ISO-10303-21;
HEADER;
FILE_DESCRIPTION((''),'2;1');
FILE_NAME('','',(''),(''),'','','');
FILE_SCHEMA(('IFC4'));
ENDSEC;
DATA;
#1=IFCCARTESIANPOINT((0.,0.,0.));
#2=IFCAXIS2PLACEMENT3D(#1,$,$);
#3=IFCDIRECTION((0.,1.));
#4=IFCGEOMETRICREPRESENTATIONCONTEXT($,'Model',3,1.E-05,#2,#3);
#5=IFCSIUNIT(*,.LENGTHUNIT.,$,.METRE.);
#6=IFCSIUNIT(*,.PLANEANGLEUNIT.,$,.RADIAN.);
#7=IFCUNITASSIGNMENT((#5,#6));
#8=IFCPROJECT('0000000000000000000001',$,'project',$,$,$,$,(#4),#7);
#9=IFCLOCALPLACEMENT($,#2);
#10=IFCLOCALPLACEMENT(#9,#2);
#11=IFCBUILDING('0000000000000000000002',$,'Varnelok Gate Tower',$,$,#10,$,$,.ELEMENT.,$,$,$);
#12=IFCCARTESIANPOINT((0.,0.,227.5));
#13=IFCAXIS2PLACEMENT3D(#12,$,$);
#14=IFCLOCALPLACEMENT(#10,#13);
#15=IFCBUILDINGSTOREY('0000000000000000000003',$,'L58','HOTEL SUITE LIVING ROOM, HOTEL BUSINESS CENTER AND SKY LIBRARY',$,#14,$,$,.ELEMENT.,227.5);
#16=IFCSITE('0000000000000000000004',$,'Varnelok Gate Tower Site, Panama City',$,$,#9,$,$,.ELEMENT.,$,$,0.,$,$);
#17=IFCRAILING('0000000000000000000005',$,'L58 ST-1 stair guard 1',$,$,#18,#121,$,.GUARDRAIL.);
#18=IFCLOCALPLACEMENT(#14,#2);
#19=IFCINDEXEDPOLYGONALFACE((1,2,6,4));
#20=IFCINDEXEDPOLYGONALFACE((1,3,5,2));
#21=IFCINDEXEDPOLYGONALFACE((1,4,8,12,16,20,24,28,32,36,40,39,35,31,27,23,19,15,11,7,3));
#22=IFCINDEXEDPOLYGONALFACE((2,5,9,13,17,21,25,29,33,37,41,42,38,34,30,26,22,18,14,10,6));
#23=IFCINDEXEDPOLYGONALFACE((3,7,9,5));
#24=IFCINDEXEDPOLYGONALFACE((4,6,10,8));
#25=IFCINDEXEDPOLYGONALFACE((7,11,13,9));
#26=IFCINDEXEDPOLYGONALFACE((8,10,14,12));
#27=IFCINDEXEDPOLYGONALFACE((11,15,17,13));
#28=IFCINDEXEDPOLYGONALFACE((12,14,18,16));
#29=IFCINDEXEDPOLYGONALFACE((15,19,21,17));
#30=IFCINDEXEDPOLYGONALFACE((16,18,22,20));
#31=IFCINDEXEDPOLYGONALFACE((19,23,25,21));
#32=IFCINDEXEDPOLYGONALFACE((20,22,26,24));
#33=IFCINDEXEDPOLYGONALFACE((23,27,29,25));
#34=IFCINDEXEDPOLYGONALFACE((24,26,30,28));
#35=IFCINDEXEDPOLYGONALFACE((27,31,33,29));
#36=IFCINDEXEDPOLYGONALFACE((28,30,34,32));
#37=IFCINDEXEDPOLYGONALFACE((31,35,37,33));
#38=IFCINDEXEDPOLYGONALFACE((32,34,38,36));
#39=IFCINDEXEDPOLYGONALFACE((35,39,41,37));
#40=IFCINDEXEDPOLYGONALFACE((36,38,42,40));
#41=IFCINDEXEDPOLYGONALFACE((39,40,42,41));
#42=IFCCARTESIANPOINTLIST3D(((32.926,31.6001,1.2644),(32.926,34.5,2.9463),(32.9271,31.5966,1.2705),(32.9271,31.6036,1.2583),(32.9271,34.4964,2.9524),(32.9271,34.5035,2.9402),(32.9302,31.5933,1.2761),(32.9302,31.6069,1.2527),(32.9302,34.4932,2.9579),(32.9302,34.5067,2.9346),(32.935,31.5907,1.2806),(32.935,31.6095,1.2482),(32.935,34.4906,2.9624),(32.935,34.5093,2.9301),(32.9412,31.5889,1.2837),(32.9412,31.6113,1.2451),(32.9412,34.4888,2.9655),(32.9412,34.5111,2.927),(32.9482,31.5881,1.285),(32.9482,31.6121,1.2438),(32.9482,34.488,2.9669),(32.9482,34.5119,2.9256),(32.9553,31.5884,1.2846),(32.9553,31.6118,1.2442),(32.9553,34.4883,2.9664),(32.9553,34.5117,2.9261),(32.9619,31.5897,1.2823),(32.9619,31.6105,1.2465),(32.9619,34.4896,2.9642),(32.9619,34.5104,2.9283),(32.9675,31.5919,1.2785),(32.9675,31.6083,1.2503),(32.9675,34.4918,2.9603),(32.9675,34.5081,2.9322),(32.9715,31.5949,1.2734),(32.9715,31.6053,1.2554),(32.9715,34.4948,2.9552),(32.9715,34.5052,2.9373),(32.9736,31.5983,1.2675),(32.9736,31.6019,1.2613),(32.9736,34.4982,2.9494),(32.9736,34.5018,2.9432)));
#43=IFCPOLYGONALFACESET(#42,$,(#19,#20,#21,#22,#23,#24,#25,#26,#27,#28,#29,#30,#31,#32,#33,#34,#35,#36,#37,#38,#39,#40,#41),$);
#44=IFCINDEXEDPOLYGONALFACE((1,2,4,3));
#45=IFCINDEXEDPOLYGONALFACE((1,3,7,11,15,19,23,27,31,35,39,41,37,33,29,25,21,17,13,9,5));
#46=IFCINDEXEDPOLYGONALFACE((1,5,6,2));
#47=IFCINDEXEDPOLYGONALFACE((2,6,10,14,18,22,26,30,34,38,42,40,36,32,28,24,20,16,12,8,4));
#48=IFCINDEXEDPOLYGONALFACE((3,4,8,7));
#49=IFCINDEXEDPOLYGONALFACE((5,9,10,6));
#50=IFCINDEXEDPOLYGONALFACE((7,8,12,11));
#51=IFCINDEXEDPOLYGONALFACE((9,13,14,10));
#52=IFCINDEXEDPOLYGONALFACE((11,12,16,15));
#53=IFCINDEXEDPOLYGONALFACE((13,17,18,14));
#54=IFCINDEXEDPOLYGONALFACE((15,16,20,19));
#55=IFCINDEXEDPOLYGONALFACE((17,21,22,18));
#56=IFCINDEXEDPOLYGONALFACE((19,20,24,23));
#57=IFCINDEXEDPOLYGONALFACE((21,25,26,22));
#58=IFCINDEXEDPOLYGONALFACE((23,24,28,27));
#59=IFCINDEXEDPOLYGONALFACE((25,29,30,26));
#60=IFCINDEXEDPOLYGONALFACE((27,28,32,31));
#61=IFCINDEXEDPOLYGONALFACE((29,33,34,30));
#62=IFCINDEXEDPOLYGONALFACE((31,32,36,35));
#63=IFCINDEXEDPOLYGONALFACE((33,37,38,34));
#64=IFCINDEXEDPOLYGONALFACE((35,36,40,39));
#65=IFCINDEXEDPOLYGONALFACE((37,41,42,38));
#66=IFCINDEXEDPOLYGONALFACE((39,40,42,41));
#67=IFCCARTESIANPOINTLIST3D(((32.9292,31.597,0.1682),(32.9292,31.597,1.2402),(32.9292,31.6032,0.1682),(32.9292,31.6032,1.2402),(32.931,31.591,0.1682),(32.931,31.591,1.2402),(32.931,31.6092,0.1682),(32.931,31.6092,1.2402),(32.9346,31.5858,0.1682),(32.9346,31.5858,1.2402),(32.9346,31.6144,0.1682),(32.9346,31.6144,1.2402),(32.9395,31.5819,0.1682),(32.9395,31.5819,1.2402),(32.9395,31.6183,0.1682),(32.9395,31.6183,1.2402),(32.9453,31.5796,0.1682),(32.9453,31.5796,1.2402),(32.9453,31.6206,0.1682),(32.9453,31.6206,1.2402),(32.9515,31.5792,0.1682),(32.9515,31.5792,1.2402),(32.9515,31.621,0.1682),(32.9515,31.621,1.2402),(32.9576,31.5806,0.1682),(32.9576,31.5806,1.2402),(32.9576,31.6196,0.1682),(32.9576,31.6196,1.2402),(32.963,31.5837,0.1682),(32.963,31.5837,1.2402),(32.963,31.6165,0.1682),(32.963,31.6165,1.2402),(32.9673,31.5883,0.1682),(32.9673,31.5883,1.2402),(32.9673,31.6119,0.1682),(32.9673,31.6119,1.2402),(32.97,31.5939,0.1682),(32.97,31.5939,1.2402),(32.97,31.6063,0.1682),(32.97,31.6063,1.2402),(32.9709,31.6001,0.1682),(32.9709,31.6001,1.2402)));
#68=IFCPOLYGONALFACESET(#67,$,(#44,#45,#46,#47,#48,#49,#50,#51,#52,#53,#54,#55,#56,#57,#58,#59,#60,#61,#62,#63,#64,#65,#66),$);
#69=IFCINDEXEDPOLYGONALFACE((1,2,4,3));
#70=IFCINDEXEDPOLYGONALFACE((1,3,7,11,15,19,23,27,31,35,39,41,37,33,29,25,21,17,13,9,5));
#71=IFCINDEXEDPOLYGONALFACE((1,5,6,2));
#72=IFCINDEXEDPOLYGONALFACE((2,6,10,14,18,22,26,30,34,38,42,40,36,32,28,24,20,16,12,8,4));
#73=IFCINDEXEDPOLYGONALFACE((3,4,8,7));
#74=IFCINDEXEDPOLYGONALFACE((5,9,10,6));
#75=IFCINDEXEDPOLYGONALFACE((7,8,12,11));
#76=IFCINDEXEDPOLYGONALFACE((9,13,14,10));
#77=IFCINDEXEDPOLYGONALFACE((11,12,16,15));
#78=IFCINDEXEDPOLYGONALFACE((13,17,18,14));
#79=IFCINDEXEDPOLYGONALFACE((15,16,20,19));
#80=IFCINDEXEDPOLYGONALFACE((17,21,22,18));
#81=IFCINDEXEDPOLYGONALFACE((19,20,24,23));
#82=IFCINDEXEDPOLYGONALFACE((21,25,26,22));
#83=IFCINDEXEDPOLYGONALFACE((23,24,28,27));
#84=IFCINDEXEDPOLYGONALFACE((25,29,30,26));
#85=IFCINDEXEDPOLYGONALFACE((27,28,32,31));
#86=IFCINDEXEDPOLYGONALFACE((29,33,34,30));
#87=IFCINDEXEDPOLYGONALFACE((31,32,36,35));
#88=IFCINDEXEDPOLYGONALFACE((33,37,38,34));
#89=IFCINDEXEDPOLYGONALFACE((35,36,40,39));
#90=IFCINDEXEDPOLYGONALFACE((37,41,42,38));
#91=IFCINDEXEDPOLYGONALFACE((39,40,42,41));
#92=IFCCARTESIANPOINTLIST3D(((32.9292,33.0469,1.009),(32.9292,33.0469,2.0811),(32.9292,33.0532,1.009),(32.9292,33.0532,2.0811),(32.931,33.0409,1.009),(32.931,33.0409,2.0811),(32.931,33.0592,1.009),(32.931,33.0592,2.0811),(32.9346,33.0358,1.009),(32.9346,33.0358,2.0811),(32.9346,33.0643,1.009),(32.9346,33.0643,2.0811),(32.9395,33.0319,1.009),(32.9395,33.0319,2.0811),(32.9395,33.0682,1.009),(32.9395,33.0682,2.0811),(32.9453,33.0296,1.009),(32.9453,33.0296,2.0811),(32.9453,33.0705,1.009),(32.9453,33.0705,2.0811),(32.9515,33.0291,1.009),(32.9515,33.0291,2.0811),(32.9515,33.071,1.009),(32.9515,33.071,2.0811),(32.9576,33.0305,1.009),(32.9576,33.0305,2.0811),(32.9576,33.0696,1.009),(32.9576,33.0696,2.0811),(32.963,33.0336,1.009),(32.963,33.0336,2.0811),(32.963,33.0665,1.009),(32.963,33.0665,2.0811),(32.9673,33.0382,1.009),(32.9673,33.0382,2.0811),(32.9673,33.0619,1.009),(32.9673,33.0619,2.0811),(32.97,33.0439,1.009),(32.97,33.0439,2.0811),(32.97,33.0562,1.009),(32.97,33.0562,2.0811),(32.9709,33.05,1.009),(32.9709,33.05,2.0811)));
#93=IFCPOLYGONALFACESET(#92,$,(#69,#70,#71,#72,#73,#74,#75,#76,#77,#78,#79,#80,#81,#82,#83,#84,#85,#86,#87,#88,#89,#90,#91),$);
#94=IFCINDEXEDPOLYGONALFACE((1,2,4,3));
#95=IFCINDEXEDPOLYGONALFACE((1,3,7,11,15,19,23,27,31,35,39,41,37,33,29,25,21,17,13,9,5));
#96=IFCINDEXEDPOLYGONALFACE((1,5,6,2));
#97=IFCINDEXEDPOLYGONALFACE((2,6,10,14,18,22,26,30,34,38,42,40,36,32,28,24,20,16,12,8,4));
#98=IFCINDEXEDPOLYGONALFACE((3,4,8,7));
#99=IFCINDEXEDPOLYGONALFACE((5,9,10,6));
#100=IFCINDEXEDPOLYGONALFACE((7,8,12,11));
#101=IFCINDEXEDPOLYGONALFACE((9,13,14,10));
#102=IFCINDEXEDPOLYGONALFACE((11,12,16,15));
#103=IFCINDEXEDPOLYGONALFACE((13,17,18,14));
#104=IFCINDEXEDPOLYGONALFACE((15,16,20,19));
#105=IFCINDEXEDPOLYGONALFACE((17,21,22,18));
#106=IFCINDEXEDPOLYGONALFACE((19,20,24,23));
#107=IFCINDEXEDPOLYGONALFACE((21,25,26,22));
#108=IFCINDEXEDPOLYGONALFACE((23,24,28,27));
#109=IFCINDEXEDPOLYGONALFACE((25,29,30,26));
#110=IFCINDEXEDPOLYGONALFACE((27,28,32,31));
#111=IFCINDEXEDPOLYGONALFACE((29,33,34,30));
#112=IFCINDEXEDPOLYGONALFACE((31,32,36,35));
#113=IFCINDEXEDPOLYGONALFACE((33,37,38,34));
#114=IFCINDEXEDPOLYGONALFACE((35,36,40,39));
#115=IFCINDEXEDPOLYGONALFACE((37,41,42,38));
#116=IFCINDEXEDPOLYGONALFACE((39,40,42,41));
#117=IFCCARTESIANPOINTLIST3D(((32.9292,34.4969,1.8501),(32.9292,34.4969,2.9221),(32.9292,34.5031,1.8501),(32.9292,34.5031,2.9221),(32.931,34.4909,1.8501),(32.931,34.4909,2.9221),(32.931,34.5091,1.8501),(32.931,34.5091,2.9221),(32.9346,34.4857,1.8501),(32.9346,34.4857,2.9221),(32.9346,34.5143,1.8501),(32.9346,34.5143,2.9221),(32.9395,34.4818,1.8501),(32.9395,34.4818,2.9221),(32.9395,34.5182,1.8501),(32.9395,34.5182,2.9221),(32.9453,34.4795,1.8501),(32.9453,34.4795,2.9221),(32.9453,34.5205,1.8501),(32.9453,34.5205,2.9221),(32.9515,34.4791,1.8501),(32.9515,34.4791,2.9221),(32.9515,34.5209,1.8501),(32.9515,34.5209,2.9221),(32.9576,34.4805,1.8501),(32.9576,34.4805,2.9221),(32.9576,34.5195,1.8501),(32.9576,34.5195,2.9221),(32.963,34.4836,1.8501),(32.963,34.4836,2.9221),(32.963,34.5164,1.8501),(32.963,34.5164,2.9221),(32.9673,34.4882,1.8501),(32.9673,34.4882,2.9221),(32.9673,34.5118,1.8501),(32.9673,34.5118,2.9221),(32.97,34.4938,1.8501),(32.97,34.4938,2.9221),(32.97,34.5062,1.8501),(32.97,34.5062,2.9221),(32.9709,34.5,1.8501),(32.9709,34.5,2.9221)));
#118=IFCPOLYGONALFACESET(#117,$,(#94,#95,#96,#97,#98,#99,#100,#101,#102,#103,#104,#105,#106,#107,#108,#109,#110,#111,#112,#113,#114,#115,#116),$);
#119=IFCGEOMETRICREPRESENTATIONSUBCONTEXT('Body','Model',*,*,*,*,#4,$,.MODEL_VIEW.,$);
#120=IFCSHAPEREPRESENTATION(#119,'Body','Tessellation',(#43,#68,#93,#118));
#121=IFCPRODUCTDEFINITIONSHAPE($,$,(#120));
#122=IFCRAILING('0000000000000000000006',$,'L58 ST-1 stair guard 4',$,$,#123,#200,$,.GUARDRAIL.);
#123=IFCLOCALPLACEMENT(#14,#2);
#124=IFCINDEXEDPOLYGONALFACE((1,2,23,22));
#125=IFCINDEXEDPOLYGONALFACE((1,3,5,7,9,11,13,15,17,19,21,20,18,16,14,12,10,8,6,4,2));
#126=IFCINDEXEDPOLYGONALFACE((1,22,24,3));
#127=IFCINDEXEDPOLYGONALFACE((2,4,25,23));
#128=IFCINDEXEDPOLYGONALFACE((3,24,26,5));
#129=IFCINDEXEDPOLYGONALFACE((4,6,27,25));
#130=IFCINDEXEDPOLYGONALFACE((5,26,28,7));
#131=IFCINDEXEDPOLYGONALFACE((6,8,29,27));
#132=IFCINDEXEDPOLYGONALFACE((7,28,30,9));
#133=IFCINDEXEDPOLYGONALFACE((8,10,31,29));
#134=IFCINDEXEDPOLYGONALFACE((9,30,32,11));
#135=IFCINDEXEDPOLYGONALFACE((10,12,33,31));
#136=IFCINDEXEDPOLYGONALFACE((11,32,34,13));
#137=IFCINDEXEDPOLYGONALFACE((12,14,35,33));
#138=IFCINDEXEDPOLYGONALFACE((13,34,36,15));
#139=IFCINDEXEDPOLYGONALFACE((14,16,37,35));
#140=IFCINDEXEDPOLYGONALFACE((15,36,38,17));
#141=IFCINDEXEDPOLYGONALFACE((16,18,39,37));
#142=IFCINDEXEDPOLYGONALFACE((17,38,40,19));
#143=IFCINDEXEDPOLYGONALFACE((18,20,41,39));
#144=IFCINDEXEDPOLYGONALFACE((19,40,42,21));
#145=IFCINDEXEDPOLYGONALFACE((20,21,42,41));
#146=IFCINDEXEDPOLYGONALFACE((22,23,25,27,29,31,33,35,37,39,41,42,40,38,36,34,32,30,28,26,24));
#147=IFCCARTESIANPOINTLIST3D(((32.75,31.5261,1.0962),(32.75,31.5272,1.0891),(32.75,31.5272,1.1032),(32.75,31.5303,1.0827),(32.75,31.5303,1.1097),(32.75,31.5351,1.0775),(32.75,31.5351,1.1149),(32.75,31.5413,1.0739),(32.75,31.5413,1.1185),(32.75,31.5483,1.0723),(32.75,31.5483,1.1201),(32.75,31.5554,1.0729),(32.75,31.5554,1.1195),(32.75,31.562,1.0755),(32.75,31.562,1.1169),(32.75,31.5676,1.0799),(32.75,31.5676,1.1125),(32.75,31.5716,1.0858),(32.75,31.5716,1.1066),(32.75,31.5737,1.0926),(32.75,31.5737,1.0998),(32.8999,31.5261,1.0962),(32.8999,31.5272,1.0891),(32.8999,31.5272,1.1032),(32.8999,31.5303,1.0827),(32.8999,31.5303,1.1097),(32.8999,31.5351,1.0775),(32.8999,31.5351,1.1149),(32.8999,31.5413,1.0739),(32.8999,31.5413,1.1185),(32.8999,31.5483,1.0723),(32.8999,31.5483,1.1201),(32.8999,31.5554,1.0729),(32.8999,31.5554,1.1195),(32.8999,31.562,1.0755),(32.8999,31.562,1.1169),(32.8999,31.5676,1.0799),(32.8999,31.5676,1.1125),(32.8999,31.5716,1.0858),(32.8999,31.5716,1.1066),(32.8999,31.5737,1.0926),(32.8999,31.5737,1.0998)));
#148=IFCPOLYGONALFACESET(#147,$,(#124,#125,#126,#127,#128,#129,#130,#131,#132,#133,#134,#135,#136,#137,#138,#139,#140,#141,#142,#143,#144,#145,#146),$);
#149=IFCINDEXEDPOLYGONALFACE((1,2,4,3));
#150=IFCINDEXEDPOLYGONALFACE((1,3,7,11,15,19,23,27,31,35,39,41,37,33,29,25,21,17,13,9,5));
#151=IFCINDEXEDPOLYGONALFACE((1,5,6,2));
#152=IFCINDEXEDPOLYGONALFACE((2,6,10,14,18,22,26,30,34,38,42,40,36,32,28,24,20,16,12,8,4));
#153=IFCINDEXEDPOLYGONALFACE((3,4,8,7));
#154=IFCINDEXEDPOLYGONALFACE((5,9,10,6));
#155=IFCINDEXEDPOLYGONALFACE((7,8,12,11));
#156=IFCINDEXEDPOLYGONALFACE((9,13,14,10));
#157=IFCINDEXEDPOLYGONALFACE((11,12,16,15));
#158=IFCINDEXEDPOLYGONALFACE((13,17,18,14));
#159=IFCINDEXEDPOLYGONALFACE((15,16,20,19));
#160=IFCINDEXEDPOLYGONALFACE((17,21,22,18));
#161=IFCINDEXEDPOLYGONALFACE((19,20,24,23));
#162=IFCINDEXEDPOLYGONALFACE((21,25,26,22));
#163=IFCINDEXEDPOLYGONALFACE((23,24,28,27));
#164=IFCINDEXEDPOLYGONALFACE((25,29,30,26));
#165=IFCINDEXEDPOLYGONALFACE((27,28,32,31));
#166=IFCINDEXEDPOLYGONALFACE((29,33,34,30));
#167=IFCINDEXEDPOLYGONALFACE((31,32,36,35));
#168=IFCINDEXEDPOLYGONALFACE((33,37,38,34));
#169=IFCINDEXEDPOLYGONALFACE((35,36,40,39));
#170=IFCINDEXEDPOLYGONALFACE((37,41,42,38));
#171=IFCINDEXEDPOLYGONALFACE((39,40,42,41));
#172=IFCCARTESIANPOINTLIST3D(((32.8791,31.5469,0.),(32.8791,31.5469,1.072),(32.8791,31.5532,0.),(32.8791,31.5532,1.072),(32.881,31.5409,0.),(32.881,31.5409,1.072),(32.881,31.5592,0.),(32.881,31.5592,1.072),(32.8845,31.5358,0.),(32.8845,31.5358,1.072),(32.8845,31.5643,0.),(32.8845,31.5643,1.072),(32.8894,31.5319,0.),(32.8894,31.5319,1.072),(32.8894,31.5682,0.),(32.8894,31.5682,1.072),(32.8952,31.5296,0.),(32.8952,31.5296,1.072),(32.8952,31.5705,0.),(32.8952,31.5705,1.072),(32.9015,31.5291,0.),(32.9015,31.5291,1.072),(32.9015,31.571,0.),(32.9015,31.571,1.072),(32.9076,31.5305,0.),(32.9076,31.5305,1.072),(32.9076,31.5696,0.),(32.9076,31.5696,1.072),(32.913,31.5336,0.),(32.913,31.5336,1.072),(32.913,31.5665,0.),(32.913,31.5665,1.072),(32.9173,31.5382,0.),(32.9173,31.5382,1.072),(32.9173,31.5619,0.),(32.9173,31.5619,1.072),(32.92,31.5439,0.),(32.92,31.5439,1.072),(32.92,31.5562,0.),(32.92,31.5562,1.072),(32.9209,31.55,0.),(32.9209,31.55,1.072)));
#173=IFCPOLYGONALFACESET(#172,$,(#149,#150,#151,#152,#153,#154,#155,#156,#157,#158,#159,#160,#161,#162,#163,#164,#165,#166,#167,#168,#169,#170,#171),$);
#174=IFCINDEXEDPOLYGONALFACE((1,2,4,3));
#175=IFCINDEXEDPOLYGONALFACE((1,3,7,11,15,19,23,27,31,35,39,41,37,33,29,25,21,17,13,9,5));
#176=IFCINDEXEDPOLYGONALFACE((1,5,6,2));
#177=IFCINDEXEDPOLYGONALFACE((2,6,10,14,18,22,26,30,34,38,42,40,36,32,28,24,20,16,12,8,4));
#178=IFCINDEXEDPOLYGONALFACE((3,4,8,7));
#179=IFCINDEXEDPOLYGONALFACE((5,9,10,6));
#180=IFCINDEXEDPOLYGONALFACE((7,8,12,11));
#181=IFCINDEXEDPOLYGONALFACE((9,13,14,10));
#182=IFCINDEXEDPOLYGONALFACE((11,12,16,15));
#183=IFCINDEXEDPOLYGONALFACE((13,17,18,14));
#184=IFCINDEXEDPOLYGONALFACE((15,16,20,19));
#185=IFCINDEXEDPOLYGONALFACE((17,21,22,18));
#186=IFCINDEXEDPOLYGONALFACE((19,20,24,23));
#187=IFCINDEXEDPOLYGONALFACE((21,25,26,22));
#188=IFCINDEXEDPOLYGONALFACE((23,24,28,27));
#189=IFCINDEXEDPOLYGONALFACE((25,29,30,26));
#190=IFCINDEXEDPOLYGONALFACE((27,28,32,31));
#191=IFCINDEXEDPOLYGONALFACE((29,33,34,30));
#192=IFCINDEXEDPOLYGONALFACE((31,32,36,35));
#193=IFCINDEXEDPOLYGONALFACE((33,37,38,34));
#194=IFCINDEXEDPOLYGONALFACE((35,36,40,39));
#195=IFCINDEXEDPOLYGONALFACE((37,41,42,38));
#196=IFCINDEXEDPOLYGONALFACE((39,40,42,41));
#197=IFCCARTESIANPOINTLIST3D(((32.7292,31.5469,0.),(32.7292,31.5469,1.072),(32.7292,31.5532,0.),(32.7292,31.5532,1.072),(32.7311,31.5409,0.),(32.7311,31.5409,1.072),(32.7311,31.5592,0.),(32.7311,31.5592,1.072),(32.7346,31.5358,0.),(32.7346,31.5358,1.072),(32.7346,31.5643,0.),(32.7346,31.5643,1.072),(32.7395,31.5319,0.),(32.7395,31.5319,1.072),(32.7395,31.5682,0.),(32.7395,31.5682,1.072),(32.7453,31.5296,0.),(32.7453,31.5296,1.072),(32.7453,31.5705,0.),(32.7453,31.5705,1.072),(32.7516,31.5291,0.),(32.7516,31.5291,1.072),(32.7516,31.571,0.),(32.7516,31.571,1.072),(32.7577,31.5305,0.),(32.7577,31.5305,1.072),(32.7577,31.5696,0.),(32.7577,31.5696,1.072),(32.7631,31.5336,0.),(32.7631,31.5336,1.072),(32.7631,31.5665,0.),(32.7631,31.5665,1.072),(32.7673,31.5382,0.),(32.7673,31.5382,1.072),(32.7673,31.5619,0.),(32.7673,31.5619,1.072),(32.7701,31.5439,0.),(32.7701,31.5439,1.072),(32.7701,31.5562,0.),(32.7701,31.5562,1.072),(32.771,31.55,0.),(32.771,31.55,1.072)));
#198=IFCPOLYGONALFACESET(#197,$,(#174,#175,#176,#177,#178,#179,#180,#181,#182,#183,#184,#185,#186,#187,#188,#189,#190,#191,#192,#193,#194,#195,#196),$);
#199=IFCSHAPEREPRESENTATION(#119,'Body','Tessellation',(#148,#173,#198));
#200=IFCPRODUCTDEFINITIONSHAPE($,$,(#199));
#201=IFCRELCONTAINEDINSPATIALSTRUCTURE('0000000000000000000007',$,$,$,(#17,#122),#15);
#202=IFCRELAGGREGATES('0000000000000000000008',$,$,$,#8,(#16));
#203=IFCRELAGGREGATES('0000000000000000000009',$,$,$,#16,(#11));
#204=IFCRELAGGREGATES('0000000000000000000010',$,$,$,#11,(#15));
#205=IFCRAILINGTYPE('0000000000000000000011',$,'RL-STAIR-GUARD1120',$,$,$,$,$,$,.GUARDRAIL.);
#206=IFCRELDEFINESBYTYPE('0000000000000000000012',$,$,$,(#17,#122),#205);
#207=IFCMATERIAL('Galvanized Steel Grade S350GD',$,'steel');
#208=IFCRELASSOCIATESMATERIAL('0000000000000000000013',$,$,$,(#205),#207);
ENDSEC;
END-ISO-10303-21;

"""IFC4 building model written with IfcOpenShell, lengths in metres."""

from ifc_helpers import new_model, si_unit, direction, frame, origin, origin_2d, place, context, subcontext, project, spatial, circle, extrude, material, type_object, element, save


model = new_model("IFC4")

# Units and contexts
model_context = context("Model", 3, precision=1e-05, world=origin(), true_north=direction((0.0, 1.0)))
body_context = subcontext(model_context, "Body", "Model", "MODEL_VIEW")
ifc_project = project(units=[si_unit("LENGTHUNIT", "METRE"), si_unit("PLANEANGLEUNIT", "RADIAN")], contexts=[model_context])

# Site, building, storey
site_placement = place(None, origin())
site = spatial("IfcSite", under=ifc_project, at=site_placement, Name="Varnelok Gate Tower Site, Panama City", CompositionType="ELEMENT", RefElevation=0.0)
building_placement = place(site_placement, origin())
building = spatial("IfcBuilding", under=site, at=building_placement, Name="Varnelok Gate Tower", CompositionType="ELEMENT")
storey_placement = place(building_placement, frame((0.0, 0.0, 227.5)))
storey = spatial("IfcBuildingStorey", under=building, at=storey_placement, Name="L58", Description="HOTEL SUITE LIVING ROOM, HOTEL BUSINESS CENTER AND SKY LIBRARY", CompositionType="ELEMENT", Elevation=227.5)

# Shared definitions
ifc_material_1 = material(Name="Galvanized Steel Grade S350GD", Category="steel")

# Railings
railing_type_1 = type_object("IfcRailingType", Name="RL-STAIR-GUARD1120", PredefinedType="GUARDRAIL", material=ifc_material_1)
railing_1_placement = place(storey_placement, frame((32.95, 31.6001, 0.1682)))
element("IfcRailing", 1, at=railing_1_placement, inside=storey, type_object=railing_type_1, Name="L58 ST-1 stair guard 1", PredefinedType="GUARDRAIL", context=body_context, shape_type="SweptSolid", body=[
    extrude(circle(Radius=0.0239, at=origin_2d()), frame((0.0, 0.0, 1.0962), z_axis=(0.0, 0.865039, 0.501705), x_axis=(-1.0, 0.0, 0.0)), (0.0, 0.0, 1.0), 3.3523),
    extrude(circle(Radius=0.021, at=origin_2d()), origin(), (0.0, 0.0, 1.0), 1.072),
    extrude(circle(Radius=0.021, at=origin_2d()), frame((0.0, 1.45, 0.8408)), (0.0, 0.0, 1.0), 1.072),
    extrude(circle(Radius=0.021, at=origin_2d()), frame((0.0, 2.8999, 1.6819)), (0.0, 0.0, 1.0), 1.072),
])
railing_2_placement = place(storey_placement, frame((32.8999, 31.55, 0.0)))
element("IfcRailing", 2, at=railing_2_placement, inside=storey, type_object=railing_type_1, Name="L58 ST-1 stair guard 4", PredefinedType="GUARDRAIL", context=body_context, shape_type="SweptSolid", body=[
    extrude(circle(Radius=0.0239, at=origin_2d()), frame((0.0, 0.0, 1.0962), z_axis=(-1.0, 0.0, 0.0), x_axis=(0.0, -1.0, 0.0)), (0.0, 0.0, 1.0), 0.1499),
    extrude(circle(Radius=0.021, at=origin_2d()), origin(), (0.0, 0.0, 1.0), 1.072),
    extrude(circle(Radius=0.021, at=origin_2d()), frame((-0.1499, 0.0, 0.0)), (0.0, 0.0, 1.0), 1.072),
])

save(model, "model.ifc")
